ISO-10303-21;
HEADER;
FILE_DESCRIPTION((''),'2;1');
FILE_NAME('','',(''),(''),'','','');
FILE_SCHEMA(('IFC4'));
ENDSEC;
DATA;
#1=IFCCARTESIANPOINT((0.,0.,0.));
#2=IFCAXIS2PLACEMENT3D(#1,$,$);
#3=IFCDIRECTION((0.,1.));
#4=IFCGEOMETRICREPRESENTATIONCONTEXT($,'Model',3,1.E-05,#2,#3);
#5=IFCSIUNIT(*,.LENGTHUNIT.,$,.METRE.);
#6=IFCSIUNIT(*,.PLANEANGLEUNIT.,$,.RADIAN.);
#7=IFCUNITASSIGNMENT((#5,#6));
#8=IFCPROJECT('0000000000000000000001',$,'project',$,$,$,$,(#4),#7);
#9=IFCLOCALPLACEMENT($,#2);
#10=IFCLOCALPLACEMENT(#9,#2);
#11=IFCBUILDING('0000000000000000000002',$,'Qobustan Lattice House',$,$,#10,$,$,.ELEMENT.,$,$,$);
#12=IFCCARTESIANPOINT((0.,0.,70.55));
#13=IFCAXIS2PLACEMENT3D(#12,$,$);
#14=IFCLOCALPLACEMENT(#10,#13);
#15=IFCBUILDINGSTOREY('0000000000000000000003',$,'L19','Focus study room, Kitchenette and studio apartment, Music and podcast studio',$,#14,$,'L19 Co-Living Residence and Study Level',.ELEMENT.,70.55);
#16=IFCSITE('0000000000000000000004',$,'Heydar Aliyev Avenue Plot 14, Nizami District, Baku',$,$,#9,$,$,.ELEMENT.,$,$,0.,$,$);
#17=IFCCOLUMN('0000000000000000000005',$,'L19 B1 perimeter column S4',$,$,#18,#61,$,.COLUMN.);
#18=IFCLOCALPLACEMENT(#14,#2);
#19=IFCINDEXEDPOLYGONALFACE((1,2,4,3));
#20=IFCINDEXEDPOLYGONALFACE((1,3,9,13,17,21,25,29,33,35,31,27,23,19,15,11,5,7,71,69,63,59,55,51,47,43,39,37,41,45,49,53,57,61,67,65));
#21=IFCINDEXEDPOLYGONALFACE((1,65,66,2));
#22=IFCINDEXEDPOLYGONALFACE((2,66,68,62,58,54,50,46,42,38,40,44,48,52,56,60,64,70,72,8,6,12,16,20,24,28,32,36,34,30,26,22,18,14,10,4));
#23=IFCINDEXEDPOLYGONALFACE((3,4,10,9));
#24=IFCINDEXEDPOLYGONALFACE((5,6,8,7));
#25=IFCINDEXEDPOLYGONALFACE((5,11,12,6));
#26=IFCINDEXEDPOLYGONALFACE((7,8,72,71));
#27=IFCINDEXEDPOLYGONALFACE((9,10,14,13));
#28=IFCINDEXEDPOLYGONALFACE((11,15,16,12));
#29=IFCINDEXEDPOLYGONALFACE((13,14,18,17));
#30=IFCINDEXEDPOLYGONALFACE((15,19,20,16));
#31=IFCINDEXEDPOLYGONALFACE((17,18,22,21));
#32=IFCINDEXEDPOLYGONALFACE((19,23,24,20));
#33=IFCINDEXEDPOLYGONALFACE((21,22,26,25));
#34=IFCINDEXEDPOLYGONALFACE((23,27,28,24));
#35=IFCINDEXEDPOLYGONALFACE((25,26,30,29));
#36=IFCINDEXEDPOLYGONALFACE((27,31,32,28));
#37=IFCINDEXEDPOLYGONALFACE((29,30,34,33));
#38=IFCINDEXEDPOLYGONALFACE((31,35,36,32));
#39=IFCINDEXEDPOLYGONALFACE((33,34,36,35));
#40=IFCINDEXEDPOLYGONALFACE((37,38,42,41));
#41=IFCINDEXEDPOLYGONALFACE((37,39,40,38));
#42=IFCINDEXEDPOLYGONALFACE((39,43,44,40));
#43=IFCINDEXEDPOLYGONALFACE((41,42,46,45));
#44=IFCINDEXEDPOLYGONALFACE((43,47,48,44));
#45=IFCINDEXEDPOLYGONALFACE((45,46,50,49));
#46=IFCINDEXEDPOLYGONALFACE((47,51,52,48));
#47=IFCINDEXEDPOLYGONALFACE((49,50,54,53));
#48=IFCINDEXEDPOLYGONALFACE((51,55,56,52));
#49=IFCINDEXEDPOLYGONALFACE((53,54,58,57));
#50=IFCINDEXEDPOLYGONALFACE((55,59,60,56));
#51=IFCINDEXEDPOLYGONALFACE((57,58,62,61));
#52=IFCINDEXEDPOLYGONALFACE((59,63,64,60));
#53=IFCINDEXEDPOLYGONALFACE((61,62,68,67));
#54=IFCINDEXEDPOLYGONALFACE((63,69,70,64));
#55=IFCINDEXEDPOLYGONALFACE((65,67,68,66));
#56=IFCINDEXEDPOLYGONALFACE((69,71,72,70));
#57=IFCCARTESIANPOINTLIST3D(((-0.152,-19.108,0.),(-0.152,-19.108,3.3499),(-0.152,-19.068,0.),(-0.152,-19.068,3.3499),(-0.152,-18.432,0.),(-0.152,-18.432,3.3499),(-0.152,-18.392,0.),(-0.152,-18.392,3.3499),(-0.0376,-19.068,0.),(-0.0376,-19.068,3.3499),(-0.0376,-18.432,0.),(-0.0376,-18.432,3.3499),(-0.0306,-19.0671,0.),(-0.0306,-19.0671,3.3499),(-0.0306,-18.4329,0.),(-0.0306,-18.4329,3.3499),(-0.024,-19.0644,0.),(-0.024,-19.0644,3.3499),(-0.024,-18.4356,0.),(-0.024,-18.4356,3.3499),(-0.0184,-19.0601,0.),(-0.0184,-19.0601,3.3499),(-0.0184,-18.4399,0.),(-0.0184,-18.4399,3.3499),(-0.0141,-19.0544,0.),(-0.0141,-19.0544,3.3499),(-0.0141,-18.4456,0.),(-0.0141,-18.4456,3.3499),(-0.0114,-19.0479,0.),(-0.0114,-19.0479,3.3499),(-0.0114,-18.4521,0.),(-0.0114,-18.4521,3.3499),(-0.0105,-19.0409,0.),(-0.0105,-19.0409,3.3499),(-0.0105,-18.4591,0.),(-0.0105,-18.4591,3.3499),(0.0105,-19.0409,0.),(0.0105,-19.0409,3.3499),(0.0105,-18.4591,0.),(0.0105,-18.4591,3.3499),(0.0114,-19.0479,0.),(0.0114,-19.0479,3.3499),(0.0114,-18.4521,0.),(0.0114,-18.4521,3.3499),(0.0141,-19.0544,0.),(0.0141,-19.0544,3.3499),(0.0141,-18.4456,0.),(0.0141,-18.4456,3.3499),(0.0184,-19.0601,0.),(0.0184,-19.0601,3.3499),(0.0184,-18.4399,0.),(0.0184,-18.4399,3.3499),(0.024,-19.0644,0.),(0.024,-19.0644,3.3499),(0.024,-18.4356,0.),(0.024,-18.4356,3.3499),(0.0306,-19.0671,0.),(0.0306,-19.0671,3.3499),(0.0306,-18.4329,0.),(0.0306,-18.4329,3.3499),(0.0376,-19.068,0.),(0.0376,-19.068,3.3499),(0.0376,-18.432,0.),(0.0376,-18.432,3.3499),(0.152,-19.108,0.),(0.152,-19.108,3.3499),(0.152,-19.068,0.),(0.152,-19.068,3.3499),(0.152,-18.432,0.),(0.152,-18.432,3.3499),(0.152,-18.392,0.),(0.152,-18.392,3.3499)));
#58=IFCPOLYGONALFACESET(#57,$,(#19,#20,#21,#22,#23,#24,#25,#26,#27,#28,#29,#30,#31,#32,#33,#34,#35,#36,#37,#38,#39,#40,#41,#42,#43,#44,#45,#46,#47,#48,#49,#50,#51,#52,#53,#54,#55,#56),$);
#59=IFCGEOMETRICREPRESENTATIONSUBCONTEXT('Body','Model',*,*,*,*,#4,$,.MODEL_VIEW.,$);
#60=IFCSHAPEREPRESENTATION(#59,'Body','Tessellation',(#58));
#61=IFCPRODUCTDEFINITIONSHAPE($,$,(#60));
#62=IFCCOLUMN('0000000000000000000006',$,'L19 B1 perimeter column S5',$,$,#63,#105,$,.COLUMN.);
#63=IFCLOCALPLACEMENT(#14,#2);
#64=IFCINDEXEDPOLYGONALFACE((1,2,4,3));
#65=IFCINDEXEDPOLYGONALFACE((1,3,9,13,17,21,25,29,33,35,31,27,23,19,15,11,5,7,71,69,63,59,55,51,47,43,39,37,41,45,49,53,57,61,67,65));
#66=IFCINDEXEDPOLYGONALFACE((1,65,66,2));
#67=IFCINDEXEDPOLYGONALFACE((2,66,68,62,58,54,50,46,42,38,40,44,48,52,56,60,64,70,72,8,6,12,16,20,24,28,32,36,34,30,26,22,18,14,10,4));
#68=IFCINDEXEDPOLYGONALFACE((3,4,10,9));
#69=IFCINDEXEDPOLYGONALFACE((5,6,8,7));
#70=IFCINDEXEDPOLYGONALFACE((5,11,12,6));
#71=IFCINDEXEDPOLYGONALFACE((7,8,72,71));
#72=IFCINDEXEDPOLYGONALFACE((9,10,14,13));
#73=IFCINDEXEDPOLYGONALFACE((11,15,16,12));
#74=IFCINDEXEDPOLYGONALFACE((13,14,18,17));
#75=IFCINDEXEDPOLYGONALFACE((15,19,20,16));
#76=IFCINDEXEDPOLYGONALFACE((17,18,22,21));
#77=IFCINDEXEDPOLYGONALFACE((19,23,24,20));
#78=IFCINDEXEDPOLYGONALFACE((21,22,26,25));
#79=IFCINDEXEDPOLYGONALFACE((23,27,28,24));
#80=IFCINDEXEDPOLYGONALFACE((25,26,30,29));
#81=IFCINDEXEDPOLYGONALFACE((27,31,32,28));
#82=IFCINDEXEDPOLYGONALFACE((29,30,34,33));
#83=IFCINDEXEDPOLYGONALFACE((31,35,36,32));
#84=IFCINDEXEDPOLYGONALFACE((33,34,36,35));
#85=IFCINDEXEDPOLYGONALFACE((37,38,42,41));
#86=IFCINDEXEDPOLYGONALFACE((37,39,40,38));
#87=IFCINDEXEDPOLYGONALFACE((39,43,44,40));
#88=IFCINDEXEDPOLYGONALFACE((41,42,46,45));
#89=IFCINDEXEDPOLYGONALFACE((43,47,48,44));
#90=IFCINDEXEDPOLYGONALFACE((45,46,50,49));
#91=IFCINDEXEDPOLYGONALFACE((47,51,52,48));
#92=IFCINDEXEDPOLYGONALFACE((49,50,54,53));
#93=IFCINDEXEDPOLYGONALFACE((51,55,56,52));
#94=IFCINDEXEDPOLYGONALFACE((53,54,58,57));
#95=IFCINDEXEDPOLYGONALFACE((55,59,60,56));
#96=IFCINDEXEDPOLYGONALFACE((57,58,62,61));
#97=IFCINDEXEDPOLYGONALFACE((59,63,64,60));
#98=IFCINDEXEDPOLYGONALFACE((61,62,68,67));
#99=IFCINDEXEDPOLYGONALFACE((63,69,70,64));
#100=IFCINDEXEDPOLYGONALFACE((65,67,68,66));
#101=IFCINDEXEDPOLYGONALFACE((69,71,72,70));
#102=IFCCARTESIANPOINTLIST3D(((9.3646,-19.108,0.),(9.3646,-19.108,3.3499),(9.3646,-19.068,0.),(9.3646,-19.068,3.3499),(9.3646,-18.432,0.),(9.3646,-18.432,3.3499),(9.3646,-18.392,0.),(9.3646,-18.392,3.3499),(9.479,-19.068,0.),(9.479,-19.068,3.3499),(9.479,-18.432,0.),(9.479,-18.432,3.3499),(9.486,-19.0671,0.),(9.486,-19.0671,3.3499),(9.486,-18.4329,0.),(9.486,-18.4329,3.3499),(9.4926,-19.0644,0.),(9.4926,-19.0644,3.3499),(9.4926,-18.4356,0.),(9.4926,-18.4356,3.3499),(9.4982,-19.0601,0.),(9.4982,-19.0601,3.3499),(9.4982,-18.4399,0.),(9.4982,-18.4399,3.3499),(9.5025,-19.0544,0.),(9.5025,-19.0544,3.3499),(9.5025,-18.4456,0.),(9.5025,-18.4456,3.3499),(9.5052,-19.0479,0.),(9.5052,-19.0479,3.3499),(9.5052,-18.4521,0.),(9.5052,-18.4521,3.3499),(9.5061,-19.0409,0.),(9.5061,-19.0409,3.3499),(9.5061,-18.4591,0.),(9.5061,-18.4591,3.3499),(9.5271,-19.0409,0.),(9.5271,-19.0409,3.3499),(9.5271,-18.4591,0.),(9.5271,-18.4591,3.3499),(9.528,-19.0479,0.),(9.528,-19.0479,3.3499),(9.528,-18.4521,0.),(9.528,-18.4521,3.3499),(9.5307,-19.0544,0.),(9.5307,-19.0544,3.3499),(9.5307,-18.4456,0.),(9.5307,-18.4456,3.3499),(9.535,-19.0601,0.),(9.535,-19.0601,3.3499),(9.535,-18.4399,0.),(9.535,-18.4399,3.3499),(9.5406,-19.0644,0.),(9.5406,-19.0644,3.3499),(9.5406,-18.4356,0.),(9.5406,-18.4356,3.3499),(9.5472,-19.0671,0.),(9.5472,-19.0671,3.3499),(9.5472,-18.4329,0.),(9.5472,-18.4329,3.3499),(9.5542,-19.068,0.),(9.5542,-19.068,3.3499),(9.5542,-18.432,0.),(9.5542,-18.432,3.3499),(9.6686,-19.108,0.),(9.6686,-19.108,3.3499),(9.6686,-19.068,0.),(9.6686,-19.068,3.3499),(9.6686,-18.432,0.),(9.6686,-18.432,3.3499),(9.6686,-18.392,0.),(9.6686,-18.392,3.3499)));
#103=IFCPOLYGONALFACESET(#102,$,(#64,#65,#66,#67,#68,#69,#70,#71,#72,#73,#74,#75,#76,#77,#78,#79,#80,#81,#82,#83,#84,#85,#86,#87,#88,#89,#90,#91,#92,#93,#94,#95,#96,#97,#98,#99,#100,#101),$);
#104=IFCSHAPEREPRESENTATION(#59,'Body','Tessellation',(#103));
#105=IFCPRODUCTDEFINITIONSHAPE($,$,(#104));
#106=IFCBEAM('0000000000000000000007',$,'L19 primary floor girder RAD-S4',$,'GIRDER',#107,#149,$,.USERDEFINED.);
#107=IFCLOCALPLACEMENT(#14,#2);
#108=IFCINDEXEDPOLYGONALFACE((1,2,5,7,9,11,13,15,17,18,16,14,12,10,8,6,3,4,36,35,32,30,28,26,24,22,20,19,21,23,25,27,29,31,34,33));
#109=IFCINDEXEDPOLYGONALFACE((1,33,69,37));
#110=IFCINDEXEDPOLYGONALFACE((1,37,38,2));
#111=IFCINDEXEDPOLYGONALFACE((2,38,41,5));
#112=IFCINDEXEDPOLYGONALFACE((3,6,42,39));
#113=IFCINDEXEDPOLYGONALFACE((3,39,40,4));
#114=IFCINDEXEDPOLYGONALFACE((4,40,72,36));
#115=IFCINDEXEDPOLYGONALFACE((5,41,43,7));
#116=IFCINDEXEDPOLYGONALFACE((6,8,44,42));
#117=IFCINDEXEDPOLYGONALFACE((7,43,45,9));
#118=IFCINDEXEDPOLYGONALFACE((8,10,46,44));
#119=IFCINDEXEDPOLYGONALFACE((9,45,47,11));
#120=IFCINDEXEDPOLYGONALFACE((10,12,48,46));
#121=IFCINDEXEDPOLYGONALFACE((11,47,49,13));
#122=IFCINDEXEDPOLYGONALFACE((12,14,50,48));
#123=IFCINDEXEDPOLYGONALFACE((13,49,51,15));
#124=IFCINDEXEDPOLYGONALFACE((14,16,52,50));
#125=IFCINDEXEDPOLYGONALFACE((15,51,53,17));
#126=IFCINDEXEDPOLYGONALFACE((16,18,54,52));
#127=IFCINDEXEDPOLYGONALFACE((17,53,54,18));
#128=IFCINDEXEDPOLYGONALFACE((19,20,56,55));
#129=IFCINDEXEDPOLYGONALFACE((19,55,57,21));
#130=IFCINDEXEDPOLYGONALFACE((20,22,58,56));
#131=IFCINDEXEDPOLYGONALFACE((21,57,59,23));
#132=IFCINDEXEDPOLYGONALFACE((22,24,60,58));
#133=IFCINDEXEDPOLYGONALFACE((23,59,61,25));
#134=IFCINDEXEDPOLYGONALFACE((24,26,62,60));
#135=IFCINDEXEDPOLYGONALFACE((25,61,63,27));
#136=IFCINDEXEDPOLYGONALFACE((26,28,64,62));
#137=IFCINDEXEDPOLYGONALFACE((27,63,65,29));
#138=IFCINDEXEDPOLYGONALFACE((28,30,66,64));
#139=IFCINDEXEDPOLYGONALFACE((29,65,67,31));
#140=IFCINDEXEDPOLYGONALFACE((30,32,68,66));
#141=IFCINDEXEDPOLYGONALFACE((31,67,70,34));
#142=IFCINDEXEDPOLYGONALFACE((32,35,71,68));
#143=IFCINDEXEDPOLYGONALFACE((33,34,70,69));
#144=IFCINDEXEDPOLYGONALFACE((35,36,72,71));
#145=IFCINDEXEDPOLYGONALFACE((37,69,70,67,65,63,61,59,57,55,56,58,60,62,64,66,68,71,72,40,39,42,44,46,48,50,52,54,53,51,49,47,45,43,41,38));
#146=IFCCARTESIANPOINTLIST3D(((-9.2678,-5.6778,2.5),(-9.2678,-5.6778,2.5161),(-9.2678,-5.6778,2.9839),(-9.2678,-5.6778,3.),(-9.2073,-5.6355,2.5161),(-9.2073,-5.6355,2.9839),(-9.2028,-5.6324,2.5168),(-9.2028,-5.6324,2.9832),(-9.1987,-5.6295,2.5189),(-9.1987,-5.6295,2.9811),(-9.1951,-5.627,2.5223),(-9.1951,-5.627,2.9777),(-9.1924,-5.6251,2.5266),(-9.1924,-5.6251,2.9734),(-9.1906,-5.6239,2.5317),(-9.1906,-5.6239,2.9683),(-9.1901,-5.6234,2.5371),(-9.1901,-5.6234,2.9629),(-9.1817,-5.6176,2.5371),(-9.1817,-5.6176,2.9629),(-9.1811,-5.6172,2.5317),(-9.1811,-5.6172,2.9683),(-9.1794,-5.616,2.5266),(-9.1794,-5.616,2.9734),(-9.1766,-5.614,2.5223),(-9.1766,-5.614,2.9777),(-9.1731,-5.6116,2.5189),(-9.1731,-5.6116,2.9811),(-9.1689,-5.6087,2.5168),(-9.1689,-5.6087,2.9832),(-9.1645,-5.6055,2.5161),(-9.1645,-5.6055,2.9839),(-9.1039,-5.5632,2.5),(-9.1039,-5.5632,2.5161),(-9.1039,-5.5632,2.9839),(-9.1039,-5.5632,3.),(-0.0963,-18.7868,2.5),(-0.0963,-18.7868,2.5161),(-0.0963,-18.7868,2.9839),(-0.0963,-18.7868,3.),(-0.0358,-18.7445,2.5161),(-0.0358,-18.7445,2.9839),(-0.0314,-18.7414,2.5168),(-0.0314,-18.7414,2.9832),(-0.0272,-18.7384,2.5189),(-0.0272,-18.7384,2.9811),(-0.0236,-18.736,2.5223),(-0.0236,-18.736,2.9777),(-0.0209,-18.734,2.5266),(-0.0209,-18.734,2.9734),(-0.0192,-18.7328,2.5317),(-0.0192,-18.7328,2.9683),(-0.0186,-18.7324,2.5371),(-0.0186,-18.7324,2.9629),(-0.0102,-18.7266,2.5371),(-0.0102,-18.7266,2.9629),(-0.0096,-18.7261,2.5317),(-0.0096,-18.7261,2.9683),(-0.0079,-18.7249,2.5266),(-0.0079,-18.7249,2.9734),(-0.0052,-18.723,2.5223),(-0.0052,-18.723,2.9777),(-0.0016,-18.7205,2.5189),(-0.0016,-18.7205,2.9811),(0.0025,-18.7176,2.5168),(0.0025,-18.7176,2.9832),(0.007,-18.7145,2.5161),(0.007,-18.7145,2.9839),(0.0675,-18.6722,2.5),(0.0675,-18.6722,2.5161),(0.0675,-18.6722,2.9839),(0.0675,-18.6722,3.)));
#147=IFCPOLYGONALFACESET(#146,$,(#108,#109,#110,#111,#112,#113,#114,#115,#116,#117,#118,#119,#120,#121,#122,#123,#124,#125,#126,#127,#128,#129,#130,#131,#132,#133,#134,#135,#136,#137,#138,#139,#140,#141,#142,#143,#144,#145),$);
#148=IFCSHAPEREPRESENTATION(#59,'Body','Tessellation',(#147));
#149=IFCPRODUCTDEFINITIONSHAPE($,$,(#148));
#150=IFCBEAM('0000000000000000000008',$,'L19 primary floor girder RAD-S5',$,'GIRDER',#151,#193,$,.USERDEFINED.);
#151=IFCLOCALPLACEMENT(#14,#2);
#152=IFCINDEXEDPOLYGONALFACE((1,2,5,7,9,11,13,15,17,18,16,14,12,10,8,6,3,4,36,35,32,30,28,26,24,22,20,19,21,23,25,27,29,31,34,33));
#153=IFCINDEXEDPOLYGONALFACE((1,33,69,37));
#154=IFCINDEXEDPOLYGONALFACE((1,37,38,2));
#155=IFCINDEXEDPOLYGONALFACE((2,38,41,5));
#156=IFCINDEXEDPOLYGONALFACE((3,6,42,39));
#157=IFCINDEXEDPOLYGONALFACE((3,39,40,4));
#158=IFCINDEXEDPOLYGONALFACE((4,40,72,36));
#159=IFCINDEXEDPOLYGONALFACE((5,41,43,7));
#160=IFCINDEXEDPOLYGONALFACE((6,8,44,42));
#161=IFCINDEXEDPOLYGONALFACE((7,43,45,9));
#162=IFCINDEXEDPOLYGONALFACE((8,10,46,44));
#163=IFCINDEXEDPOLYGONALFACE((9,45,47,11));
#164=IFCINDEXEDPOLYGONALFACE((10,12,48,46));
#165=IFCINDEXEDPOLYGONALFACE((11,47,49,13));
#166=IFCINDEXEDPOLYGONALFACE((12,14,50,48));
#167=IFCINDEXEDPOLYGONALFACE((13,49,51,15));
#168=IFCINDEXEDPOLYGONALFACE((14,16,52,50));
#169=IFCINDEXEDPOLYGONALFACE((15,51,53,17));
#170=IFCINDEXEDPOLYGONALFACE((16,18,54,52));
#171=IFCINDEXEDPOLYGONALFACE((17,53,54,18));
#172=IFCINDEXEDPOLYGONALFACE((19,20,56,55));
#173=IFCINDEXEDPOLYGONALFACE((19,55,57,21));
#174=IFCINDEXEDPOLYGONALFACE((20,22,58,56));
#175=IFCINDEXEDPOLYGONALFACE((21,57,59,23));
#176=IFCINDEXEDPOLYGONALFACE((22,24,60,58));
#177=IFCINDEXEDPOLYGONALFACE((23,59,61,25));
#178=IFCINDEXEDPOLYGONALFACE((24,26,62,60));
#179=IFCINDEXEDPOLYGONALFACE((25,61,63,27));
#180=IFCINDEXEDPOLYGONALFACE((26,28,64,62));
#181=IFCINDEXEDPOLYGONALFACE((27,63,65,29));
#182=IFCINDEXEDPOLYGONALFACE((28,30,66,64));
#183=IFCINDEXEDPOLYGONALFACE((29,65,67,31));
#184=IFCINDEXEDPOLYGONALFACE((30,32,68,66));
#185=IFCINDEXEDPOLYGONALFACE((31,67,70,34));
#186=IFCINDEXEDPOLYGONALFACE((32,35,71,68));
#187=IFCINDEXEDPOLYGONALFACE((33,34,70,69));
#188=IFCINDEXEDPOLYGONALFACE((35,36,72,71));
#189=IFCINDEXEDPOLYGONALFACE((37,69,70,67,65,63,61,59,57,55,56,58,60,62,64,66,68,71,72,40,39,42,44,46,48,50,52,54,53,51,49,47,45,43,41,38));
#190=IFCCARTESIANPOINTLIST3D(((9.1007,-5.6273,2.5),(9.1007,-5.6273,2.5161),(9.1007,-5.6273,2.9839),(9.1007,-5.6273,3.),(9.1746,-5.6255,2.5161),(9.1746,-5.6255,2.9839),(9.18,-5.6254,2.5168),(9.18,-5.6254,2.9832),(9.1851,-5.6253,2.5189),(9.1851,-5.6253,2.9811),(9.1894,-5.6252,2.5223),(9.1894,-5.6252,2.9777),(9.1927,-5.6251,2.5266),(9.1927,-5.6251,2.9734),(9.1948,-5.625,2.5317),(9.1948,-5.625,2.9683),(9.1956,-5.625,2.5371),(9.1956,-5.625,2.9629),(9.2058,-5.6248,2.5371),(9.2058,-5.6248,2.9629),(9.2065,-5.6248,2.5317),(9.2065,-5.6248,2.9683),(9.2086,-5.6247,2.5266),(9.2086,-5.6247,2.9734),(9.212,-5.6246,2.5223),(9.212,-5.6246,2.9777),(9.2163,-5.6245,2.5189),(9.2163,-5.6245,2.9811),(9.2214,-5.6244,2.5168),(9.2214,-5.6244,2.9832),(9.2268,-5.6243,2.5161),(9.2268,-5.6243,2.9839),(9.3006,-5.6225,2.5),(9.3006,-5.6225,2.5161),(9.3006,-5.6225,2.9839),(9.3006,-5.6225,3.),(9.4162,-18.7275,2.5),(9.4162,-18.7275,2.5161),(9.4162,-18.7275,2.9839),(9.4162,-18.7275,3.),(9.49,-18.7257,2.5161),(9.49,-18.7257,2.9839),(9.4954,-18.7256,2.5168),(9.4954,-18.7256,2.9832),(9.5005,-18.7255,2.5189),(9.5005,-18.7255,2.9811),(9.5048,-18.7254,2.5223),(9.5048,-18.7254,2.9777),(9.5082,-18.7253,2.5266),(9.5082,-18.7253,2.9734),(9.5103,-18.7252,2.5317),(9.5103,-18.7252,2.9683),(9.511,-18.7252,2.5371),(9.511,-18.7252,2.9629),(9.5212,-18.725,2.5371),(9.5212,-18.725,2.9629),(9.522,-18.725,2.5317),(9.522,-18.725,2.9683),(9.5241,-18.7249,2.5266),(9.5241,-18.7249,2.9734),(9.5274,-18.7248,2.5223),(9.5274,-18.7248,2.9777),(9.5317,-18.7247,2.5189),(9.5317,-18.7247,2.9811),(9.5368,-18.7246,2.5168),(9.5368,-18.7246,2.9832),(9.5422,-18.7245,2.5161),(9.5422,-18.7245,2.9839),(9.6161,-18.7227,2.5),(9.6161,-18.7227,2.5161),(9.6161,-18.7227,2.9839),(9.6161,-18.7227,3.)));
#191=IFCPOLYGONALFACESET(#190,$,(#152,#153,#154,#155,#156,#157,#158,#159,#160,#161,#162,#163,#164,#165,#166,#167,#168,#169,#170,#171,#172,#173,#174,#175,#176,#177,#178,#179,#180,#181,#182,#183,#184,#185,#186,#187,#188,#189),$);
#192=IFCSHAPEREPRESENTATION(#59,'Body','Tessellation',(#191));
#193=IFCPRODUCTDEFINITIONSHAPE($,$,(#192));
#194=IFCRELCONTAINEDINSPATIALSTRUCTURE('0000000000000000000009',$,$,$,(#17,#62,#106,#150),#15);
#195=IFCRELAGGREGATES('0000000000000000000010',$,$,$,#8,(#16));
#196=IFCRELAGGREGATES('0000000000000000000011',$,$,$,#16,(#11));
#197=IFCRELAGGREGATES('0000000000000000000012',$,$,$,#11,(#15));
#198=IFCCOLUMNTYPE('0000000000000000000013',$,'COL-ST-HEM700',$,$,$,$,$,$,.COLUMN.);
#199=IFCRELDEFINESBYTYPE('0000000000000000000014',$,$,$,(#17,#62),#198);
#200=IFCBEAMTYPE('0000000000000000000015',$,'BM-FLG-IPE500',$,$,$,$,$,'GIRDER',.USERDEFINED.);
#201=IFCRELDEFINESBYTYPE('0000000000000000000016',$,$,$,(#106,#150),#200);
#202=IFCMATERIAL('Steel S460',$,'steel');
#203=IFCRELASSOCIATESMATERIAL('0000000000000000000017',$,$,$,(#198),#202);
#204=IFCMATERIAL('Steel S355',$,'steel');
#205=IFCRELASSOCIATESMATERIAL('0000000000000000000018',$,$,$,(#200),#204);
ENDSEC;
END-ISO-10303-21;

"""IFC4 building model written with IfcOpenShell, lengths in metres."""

from ifc_helpers import new_model, si_unit, direction, frame, origin, origin_2d, place, context, subcontext, project, spatial, i_section, extrude, material, material_profile, profile_set, type_object, element, save


model = new_model("IFC4")

# Units and contexts
model_context = context("Model", 3, precision=1e-05, world=origin(), true_north=direction((0.0, 1.0)))
body_context = subcontext(model_context, "Body", "Model", "MODEL_VIEW")
ifc_project = project(units=[si_unit("LENGTHUNIT", "METRE"), si_unit("PLANEANGLEUNIT", "RADIAN")], contexts=[model_context])

# Site, building, storey
site_placement = place(None, origin())
site = spatial("IfcSite", under=ifc_project, at=site_placement, Name="Heydar Aliyev Avenue Plot 14, Nizami District, Baku", CompositionType="ELEMENT", RefElevation=0.0)
building_placement = place(site_placement, origin())
building = spatial("IfcBuilding", under=site, at=building_placement, Name="Qobustan Lattice House", CompositionType="ELEMENT")
storey_placement = place(building_placement, frame((0.0, 0.0, 70.55)))
storey = spatial("IfcBuildingStorey", under=building, at=storey_placement, Name="L19", Description="Focus study room, Kitchenette and studio apartment, Music and podcast studio", LongName="L19 Co-Living Residence and Study Level", CompositionType="ELEMENT", Elevation=70.55)

# Columns
ifc_material_1 = material(Name="Steel S460", Category="steel")
ifc_material_profile_1 = material_profile(ifc_material_1, i_section(OverallWidth=0.304, OverallDepth=0.7161, WebThickness=0.021, FlangeThickness=0.04, FilletRadius=0.0271, at=origin_2d()), Name="HEM700")
ifc_profile_set_1 = profile_set([ifc_material_profile_1], Name="Steel S460")
column_type = type_object("IfcColumnType", Name="COL-ST-HEM700", PredefinedType="COLUMN", material=ifc_profile_set_1)
for number, where, z_axis, x_axis, name in (
    (1, (0.0, -18.75, 0.0), (0.0, 0.0, 1.0), (1.0, 0.0, 0.0), "L19 B1 perimeter column S4"),
    (2, (9.5166, -18.75, 0.0), (0.0, 0.0, 1.0), (1.0, 0.0, 0.0), "L19 B1 perimeter column S5"),
):
    element("IfcColumn", number, at=place(storey_placement, frame(where, z_axis=z_axis, x_axis=x_axis)), inside=storey, type_object=column_type, Name=name, PredefinedType="COLUMN", context=body_context, shape_type="SweptSolid", body=[
        extrude(i_section(OverallWidth=0.304, OverallDepth=0.7161, WebThickness=0.021, FlangeThickness=0.04, FilletRadius=0.0271, at=origin_2d()), origin(), (0.0, 0.0, 1.0), 3.3499),
    ])

# Beams
ifc_material_2 = material(Name="Steel S355", Category="steel")
ifc_material_profile_2 = material_profile(ifc_material_2, i_section(OverallWidth=0.2, OverallDepth=0.5, WebThickness=0.0103, FlangeThickness=0.0161, FilletRadius=0.021, at=origin_2d()), Name="IPE500")
ifc_profile_set_2 = profile_set([ifc_material_profile_2], Name="Steel S355")
beam_type_1 = type_object("IfcBeamType", Name="BM-FLG-IPE500", ElementType="GIRDER", PredefinedType="USERDEFINED", material=ifc_profile_set_2)
beam_1_placement = place(storey_placement, frame((-0.0144, -18.7295, 2.75), z_axis=(-0.57326, 0.819374, 0.0), x_axis=(-0.819374, -0.57326, 0.0)))
element("IfcBeam", 3, at=beam_1_placement, inside=storey, type_object=beam_type_1, Name="L19 primary floor girder RAD-S4", ObjectType="GIRDER", PredefinedType="USERDEFINED", context=body_context, shape_type="SweptSolid", body=[
    extrude(i_section(OverallWidth=0.2, OverallDepth=0.5, WebThickness=0.0103, FlangeThickness=0.0161, FilletRadius=0.021, at=origin_2d()), origin(), (0.0, 0.0, 1.0), 15.9988),
])
beam_2_placement = place(storey_placement, frame((9.5161, -18.7251, 2.75), z_axis=(-0.024071, 0.99971, 0.0), x_axis=(-0.99971, -0.024071, 0.0)))
element("IfcBeam", 4, at=beam_2_placement, inside=storey, type_object=beam_type_1, Name="L19 primary floor girder RAD-S5", ObjectType="GIRDER", PredefinedType="USERDEFINED", context=body_context, shape_type="SweptSolid", body=[
    extrude(i_section(OverallWidth=0.2, OverallDepth=0.5, WebThickness=0.0103, FlangeThickness=0.0161, FilletRadius=0.021, at=origin_2d()), origin(), (0.0, 0.0, 1.0), 13.104),
])

save(model, "model.ifc")
